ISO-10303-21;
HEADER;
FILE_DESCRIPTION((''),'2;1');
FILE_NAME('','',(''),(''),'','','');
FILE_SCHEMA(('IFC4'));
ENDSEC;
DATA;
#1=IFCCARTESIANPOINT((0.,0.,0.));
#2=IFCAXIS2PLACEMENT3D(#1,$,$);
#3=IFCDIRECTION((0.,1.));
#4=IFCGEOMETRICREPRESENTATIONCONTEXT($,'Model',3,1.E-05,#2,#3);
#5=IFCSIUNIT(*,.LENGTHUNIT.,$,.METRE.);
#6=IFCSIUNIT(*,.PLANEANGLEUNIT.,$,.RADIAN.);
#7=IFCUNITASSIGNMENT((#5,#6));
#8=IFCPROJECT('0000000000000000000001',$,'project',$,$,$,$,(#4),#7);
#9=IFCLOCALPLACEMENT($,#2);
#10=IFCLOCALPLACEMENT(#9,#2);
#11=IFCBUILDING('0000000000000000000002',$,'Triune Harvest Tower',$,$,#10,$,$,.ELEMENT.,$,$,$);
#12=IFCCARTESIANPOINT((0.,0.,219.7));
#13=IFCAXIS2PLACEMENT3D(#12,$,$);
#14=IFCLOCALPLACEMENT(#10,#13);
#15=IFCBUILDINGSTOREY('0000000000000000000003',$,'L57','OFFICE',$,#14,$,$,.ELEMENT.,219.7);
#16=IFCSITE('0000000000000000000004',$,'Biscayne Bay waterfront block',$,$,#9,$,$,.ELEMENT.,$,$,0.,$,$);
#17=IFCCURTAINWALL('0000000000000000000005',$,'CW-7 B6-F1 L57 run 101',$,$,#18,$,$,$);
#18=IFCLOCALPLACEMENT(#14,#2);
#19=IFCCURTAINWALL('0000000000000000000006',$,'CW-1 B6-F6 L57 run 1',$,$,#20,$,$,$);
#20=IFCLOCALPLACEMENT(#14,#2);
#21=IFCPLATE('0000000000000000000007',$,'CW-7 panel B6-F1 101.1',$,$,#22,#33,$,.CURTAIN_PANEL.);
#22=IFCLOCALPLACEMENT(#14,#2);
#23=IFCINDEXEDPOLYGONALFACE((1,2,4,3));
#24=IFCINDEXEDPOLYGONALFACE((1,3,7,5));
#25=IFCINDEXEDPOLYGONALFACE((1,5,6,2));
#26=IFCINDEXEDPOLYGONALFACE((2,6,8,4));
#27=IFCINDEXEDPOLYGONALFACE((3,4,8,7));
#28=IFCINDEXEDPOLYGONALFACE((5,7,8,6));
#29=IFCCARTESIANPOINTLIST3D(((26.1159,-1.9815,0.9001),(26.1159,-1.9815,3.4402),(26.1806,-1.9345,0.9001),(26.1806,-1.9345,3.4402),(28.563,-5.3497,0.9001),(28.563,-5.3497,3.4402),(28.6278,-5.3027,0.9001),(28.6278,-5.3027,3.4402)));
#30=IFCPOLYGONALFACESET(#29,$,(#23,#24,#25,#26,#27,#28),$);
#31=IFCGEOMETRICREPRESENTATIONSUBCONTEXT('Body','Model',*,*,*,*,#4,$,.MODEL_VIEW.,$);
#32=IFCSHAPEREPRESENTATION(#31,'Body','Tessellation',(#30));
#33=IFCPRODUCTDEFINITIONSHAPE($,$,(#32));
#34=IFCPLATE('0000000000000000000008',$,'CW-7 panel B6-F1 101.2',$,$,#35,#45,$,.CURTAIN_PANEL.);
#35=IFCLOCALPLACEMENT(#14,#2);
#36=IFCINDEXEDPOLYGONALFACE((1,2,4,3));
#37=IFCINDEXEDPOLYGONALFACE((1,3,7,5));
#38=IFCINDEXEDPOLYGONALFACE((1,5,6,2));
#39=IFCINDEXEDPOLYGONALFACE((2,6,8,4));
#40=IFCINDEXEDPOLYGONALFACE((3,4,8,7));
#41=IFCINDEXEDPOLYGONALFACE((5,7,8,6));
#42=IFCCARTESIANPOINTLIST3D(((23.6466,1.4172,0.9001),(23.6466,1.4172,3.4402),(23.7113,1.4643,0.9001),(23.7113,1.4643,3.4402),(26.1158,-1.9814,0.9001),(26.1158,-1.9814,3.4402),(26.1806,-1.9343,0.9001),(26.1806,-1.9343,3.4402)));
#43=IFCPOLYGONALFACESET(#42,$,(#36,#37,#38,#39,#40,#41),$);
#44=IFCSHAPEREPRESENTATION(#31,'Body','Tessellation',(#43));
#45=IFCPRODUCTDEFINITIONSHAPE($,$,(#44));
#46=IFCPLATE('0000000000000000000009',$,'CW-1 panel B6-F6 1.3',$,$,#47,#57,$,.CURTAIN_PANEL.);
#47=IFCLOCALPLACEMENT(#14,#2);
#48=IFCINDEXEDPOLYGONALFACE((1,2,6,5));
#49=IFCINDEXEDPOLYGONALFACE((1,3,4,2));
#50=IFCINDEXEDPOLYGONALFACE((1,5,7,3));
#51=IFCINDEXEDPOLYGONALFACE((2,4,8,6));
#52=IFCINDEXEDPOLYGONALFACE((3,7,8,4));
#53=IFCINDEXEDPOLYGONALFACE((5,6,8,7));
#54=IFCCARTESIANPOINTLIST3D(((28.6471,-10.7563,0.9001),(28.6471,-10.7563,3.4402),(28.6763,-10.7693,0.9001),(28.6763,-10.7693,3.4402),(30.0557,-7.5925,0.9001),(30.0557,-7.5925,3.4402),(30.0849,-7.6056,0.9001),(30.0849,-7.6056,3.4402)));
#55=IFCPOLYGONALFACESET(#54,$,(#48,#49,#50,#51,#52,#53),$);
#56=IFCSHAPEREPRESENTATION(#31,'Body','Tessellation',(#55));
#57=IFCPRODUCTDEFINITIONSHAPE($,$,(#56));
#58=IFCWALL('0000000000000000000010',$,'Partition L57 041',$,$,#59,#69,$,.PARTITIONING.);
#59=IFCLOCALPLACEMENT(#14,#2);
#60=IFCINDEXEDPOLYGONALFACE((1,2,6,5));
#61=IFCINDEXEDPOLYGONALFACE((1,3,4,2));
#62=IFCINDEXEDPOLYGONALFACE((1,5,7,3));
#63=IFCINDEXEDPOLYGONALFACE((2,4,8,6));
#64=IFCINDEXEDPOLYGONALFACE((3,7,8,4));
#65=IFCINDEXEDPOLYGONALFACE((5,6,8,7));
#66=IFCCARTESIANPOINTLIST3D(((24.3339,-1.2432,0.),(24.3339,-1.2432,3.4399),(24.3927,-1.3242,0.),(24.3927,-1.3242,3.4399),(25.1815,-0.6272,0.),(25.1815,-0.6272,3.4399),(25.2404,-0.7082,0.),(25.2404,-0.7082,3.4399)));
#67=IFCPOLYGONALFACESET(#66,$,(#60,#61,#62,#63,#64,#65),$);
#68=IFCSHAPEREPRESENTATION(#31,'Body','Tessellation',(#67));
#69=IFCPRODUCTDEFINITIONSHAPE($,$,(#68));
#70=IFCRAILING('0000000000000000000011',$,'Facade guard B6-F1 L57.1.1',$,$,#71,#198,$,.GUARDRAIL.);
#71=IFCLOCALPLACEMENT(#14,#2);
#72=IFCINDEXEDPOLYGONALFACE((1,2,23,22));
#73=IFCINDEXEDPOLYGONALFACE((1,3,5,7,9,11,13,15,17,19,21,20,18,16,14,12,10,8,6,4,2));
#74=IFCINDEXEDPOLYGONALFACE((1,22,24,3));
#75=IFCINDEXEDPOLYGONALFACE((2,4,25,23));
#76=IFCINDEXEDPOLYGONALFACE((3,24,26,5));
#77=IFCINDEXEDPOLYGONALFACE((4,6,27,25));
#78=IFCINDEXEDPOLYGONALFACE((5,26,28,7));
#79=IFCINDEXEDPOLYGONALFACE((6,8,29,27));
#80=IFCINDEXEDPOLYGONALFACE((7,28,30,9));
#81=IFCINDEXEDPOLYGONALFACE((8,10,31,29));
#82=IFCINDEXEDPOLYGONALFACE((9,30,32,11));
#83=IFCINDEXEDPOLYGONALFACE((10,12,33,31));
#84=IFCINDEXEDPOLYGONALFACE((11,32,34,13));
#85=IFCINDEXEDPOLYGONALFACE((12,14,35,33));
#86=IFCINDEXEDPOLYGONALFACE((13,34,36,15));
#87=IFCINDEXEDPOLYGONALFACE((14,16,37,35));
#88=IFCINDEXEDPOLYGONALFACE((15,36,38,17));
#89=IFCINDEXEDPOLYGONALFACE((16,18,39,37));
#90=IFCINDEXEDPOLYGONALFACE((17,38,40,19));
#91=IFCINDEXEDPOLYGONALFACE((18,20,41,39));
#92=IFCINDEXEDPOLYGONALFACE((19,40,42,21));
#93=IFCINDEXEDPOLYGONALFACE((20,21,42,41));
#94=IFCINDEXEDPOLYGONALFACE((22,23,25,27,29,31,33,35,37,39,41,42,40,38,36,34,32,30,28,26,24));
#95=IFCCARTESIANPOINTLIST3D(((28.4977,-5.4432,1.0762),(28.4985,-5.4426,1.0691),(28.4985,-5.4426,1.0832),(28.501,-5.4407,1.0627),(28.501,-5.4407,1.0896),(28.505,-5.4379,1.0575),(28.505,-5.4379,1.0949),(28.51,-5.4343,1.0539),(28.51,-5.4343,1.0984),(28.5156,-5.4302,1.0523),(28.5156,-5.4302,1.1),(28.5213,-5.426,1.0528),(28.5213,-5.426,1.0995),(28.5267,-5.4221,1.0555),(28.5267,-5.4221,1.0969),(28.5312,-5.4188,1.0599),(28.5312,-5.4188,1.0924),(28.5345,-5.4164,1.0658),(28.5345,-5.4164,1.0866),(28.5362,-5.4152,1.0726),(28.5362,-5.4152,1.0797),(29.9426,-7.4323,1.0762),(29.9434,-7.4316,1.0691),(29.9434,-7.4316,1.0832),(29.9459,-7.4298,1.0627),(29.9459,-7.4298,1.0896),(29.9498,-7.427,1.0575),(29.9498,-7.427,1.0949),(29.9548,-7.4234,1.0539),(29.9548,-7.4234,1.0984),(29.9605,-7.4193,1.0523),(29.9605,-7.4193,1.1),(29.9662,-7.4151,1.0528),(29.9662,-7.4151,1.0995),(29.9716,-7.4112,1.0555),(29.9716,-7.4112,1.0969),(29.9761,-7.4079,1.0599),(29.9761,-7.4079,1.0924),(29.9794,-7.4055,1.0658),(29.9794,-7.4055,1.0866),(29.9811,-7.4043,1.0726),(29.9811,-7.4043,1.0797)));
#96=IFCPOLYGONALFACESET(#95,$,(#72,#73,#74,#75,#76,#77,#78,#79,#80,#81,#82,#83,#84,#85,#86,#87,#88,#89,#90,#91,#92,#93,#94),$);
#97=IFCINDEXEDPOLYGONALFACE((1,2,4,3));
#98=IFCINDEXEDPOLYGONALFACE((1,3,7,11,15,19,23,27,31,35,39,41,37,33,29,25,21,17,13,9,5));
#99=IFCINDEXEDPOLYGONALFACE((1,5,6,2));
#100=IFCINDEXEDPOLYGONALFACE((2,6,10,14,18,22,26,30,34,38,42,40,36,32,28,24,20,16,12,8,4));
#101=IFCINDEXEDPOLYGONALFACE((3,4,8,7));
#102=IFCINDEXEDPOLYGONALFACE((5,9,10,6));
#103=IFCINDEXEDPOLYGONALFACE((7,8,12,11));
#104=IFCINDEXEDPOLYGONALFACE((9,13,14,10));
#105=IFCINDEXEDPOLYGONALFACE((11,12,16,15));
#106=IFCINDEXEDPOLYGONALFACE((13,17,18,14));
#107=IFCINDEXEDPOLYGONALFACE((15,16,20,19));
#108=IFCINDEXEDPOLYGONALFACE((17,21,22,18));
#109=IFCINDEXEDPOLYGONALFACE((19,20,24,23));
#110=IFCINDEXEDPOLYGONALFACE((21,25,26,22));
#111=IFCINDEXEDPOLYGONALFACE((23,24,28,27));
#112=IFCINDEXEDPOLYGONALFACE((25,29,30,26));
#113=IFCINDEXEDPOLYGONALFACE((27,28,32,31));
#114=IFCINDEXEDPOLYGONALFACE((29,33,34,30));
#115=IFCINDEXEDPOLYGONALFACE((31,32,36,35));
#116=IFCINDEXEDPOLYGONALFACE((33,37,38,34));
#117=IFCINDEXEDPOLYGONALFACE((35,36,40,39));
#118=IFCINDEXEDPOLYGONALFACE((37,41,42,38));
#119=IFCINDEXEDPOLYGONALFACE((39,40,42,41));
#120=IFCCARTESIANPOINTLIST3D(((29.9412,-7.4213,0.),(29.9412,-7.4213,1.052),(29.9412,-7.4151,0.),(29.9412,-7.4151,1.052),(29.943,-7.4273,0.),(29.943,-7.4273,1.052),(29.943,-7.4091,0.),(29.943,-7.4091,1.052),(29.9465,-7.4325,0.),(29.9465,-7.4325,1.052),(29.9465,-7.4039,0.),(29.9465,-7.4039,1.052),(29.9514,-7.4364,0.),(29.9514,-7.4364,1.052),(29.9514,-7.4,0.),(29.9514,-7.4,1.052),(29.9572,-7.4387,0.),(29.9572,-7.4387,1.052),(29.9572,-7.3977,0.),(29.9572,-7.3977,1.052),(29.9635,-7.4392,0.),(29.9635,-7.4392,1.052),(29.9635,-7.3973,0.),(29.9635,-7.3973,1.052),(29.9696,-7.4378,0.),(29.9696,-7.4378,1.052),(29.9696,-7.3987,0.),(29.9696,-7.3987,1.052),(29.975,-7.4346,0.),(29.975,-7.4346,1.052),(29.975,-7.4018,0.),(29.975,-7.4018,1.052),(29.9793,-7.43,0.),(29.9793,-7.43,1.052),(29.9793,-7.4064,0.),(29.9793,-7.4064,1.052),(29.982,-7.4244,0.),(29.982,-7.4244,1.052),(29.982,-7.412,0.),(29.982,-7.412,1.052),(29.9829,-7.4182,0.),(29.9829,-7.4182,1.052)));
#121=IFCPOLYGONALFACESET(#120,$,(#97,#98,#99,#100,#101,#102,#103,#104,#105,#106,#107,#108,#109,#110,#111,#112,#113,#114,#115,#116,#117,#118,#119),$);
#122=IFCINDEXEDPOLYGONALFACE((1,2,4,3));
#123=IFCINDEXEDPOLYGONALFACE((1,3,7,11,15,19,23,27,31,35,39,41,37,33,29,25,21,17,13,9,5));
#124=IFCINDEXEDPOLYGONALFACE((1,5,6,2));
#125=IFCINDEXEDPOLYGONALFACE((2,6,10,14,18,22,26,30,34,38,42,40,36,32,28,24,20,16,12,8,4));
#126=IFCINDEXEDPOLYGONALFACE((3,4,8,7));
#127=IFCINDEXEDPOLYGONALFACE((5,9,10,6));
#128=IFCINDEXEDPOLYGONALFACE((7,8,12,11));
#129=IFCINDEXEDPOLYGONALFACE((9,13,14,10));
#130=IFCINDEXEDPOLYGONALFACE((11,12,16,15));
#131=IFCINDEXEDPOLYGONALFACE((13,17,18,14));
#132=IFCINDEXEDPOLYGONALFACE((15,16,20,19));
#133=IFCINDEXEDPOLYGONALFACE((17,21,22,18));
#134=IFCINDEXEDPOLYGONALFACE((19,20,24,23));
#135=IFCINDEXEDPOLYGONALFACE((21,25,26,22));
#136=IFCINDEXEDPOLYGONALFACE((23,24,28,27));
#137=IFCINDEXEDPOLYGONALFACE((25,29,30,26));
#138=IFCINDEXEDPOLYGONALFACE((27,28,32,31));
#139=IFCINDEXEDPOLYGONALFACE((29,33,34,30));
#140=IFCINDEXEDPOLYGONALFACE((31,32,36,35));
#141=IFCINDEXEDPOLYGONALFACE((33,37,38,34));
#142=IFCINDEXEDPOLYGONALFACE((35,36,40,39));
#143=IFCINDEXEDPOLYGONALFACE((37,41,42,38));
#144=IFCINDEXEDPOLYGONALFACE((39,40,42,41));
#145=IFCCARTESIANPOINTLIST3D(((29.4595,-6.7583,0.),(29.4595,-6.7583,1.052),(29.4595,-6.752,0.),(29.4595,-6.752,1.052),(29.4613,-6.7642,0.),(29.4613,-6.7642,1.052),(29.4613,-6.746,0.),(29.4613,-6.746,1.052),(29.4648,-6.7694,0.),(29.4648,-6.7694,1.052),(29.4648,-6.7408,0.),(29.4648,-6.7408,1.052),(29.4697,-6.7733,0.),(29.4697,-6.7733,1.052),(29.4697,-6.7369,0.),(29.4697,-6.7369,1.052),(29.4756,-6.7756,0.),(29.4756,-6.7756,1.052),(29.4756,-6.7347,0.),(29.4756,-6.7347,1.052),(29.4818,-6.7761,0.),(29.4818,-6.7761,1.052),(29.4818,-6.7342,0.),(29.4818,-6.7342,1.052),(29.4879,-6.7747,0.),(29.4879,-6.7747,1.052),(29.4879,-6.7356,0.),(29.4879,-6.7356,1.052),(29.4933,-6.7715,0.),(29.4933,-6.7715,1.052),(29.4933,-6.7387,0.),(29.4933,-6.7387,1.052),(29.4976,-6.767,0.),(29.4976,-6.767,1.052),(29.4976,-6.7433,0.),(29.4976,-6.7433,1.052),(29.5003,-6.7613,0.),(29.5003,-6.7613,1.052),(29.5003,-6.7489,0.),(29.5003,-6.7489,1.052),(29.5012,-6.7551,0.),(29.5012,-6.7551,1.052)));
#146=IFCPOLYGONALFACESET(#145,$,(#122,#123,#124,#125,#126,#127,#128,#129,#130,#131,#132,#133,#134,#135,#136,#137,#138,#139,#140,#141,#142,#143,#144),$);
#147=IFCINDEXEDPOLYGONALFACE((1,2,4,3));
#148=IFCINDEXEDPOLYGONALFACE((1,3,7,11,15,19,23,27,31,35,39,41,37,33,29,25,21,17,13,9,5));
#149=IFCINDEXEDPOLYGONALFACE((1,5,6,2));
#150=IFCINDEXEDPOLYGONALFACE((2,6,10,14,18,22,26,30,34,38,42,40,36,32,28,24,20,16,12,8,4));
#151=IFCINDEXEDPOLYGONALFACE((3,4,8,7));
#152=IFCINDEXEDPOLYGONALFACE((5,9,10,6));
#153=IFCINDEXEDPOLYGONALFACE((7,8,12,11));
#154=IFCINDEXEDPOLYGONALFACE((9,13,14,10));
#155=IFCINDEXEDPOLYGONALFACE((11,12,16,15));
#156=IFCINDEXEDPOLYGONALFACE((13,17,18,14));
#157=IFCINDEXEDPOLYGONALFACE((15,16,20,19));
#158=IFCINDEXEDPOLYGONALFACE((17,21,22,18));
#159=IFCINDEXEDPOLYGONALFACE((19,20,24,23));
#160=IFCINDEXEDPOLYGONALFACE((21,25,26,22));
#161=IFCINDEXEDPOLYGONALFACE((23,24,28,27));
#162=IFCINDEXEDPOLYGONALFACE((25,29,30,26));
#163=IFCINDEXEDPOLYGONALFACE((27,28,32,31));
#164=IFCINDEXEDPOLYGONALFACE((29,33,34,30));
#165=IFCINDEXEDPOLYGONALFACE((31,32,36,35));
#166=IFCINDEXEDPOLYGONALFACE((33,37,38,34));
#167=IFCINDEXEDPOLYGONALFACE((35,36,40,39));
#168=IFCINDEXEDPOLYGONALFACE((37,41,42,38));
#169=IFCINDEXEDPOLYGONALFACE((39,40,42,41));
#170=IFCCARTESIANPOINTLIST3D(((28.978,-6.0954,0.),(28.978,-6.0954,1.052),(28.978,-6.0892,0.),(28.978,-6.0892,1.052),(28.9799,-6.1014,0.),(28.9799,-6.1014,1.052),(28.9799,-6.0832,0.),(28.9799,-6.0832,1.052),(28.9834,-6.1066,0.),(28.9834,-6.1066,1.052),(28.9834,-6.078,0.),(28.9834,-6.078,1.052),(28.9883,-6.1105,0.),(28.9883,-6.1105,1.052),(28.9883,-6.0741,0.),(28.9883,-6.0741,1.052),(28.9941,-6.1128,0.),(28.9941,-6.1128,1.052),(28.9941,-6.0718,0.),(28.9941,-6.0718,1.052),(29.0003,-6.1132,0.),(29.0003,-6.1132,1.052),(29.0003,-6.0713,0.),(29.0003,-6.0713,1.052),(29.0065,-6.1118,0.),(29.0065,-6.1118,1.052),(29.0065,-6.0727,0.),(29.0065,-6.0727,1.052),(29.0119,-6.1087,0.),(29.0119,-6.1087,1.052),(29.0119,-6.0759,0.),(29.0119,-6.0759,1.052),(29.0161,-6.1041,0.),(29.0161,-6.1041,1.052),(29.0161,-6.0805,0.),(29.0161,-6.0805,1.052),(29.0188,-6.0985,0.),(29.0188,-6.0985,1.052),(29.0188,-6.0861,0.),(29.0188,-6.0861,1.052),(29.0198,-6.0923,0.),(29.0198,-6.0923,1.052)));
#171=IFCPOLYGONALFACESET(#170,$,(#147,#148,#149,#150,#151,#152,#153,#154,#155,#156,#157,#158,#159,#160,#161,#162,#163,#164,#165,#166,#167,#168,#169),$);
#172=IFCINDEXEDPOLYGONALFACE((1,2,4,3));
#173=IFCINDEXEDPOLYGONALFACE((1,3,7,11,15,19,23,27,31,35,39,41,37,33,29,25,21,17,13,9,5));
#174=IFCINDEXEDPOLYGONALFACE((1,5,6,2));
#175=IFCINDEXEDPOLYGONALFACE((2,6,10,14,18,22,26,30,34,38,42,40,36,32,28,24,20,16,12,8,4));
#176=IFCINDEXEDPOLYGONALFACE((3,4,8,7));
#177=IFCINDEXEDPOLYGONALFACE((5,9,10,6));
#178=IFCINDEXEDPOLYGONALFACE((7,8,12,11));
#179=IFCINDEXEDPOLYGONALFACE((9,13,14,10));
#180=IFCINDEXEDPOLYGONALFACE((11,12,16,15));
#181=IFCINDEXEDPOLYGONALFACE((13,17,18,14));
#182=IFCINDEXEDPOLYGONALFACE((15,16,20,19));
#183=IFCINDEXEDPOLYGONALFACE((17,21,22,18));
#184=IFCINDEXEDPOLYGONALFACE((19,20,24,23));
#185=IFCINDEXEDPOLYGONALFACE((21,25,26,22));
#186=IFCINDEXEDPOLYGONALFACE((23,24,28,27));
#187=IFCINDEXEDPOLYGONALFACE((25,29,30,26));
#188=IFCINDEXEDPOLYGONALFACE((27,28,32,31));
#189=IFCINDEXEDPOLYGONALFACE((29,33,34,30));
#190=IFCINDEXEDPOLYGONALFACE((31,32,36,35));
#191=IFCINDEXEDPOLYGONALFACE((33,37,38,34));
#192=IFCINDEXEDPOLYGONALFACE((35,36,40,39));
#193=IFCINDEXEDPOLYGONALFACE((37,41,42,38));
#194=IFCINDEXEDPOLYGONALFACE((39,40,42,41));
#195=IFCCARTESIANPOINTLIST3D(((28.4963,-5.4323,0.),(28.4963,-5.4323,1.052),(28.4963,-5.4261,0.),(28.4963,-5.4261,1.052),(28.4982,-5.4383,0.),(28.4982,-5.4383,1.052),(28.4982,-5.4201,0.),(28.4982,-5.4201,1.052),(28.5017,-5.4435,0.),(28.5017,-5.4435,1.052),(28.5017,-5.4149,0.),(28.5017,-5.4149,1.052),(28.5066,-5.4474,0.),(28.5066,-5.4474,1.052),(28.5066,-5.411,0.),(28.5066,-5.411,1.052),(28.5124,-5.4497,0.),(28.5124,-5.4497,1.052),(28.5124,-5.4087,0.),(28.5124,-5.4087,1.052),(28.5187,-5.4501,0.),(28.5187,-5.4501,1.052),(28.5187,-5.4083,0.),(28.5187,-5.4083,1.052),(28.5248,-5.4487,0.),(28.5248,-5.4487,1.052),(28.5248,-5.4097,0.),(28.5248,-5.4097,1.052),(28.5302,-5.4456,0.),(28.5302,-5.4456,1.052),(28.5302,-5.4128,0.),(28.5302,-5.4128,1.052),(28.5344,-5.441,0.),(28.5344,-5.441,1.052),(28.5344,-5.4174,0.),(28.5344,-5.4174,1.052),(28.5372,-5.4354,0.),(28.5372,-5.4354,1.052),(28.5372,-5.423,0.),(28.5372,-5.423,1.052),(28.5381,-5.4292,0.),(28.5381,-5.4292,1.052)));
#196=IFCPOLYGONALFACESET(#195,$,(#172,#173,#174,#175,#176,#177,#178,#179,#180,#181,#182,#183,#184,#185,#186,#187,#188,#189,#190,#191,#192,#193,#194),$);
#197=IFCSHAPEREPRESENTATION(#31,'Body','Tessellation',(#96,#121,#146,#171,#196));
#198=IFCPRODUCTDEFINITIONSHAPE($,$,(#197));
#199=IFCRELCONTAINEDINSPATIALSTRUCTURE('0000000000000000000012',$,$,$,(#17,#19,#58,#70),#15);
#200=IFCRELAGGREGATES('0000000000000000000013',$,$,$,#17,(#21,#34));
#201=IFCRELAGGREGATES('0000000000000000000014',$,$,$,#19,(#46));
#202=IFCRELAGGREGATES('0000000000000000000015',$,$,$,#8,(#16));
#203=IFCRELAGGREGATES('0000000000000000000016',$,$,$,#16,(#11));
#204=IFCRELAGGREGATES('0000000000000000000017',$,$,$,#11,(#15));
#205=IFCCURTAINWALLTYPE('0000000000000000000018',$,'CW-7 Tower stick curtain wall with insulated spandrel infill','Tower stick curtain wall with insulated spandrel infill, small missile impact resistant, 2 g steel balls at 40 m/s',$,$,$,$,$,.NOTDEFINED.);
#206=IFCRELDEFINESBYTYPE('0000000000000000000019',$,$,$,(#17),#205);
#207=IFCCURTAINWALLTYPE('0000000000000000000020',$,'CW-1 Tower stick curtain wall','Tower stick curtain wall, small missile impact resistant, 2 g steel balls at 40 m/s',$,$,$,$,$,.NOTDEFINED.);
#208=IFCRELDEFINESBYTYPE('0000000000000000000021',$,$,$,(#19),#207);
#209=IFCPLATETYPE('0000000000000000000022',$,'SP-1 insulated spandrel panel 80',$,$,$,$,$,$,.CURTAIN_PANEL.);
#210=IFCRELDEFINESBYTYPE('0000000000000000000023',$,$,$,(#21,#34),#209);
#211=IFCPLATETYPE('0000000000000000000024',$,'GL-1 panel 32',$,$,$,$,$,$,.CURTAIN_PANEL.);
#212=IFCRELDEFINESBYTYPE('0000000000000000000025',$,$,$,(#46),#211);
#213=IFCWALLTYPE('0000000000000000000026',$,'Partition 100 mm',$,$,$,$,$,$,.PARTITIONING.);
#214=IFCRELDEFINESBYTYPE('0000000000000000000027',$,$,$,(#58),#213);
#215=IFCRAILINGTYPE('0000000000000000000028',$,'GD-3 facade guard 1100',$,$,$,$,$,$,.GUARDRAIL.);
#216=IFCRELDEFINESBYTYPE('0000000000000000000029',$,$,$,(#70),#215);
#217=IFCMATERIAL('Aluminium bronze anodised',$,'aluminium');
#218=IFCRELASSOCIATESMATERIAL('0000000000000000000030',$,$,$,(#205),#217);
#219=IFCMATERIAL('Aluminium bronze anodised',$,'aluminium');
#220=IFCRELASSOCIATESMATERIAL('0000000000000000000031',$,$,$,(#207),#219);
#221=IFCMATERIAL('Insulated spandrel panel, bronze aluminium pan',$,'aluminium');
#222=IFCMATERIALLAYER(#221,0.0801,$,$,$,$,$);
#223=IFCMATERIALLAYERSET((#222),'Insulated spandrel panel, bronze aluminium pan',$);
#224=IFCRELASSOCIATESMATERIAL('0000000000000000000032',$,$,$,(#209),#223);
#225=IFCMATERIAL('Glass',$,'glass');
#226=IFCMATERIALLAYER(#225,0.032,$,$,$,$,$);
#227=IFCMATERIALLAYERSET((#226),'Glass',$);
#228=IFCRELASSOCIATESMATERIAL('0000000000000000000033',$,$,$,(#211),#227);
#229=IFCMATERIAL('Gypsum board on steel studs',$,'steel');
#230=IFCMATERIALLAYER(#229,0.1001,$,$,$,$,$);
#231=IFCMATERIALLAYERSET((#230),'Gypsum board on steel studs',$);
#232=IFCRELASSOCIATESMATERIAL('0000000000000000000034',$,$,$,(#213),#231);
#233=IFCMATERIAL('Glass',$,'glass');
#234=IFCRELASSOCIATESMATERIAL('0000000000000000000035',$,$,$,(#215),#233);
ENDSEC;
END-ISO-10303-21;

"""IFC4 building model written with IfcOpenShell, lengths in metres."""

from ifc_helpers import new_model, si_unit, direction, frame, frame_2d, origin, origin_2d, place, context, subcontext, project, spatial, rectangle, circle, extrude, source, transform, mapped, material, layer, layer_set, type_object, element, aggregate, save


model = new_model("IFC4")

# Units and contexts
model_context = context("Model", 3, precision=1e-05, world=origin(), true_north=direction((0.0, 1.0)))
body_context = subcontext(model_context, "Body", "Model", "MODEL_VIEW")
ifc_project = project(units=[si_unit("LENGTHUNIT", "METRE"), si_unit("PLANEANGLEUNIT", "RADIAN")], contexts=[model_context])

# Site, building, storey
site_placement = place(None, origin())
site = spatial("IfcSite", under=ifc_project, at=site_placement, Name="Biscayne Bay waterfront block", CompositionType="ELEMENT", RefElevation=0.0)
building_placement = place(site_placement, origin())
building = spatial("IfcBuilding", under=site, at=building_placement, Name="Triune Harvest Tower", CompositionType="ELEMENT")
storey_placement = place(building_placement, frame((0.0, 0.0, 219.7)))
storey = spatial("IfcBuildingStorey", under=building, at=storey_placement, Name="L57", Description="OFFICE", CompositionType="ELEMENT", Elevation=219.7)

# Shared definitions
ifc_material_1 = material(Name="Aluminium bronze anodised", Category="aluminium")
curtain_wall_type_1 = type_object("IfcCurtainWallType", Name="CW-7 Tower stick curtain wall with insulated spandrel infill", Description="Tower stick curtain wall with insulated spandrel infill, small missile impact resistant, 2 g steel balls at 40 m/s", PredefinedType="NOTDEFINED", material=ifc_material_1)

# Curtain wall
curtain_wall_1_placement = place(storey_placement, origin())
curtain_wall_1 = element("IfcCurtainWall", 1, at=curtain_wall_1_placement, inside=storey, type_object=curtain_wall_type_1, Name="CW-7 B6-F1 L57 run 101")

# Curtain wall
ifc_material_2 = material(Name="Aluminium bronze anodised", Category="aluminium")
curtain_wall_type_2 = type_object("IfcCurtainWallType", Name="CW-1 Tower stick curtain wall", Description="Tower stick curtain wall, small missile impact resistant, 2 g steel balls at 40 m/s", PredefinedType="NOTDEFINED", material=ifc_material_2)
curtain_wall_2_placement = place(storey_placement, origin())
curtain_wall_2 = element("IfcCurtainWall", 2, at=curtain_wall_2_placement, inside=storey, type_object=curtain_wall_type_2, Name="CW-1 B6-F6 L57 run 1")

# Plates
ifc_material_3 = material(Name="Insulated spandrel panel, bronze aluminium pan", Category="aluminium")
ifc_layer_1 = layer(ifc_material_3, 0.0801)
ifc_layer_set_1 = layer_set([ifc_layer_1], Name="Insulated spandrel panel, bronze aluminium pan")
plate_type_1 = type_object("IfcPlateType", Name="SP-1 insulated spandrel panel 80", PredefinedType="CURTAIN_PANEL", material=ifc_layer_set_1)
shared_shape_1 = source(origin(), body_context, "Body", "SweptSolid", [
    extrude(rectangle(XDim=4.1633, YDim=0.0801, at=origin_2d()), origin(), (0.0, 0.0, 1.0), 2.54),
])
plate_1_placement = place(storey_placement, frame((27.3718, -3.6421, 0.9001), z_axis=(0.0, 0.0, 1.0), x_axis=(-0.587789, 0.809014, 0.0)))
plate_1 = element("IfcPlate", 3, at=plate_1_placement, type_object=plate_type_1, Name="CW-7 panel B6-F1 101.1", PredefinedType="CURTAIN_PANEL", context=body_context, shape_type="MappedRepresentation", body=[
    mapped(shared_shape_1, transform((0.0, 0.0, 0.0), scale=1.0)),
])
shared_shape_2 = source(origin(), body_context, "Body", "SweptSolid", [
    extrude(rectangle(XDim=4.2009, YDim=0.0801, at=origin_2d()), origin(), (0.0, 0.0, 1.0), 2.54),
])
plate_2_placement = place(storey_placement, frame((24.9136, -0.2585, 0.9001), z_axis=(0.0, 0.0, 1.0), x_axis=(-0.587789, 0.809014, 0.0)))
plate_2 = element("IfcPlate", 4, at=plate_2_placement, type_object=plate_type_1, Name="CW-7 panel B6-F1 101.2", PredefinedType="CURTAIN_PANEL", context=body_context, shape_type="MappedRepresentation", body=[
    mapped(shared_shape_2, transform((0.0, 0.0, 0.0), scale=1.0)),
])
aggregate(curtain_wall_1, [plate_1, plate_2])
ifc_material_4 = material(Name="Glass", Category="glass")
ifc_layer_2 = layer(ifc_material_4, 0.032)
ifc_layer_set_2 = layer_set([ifc_layer_2], Name="Glass")
plate_type_2 = type_object("IfcPlateType", Name="GL-1 panel 32", PredefinedType="CURTAIN_PANEL", material=ifc_layer_set_2)
shared_shape_3 = source(origin(), body_context, "Body", "SweptSolid", [
    extrude(rectangle(XDim=3.4631, YDim=0.032, at=origin_2d()), origin(), (0.0, 0.0, 1.0), 2.54),
])
plate_3_placement = place(storey_placement, frame((29.366, -9.1809, 0.9001), z_axis=(0.0, 0.0, 1.0), x_axis=(0.406743, 0.913543, 0.0)))
plate_3 = element("IfcPlate", 5, at=plate_3_placement, type_object=plate_type_2, Name="CW-1 panel B6-F6 1.3", PredefinedType="CURTAIN_PANEL", context=body_context, shape_type="MappedRepresentation", body=[
    mapped(shared_shape_3, transform((0.0, 0.0, 0.0), scale=1.0)),
])
aggregate(curtain_wall_2, [plate_3])

# Wall
ifc_material_5 = material(Name="Gypsum board on steel studs", Category="steel")
ifc_layer_3 = layer(ifc_material_5, 0.1001)
ifc_layer_set_3 = layer_set([ifc_layer_3], Name="Gypsum board on steel studs")
wall_type = type_object("IfcWallType", Name="Partition 100 mm", PredefinedType="PARTITIONING", material=ifc_layer_set_3)
shared_shape_4 = source(origin(), body_context, "Body", "SweptSolid", [
    extrude(rectangle(XDim=1.0479, YDim=0.1001, at=frame_2d((0.5239, 0.0))), origin(), (0.0, 0.0, 1.0), 3.4399),
])
wall_placement = place(storey_placement, frame((24.3633, -1.2837, 0.0), z_axis=(0.0, 0.0, 1.0), x_axis=(0.808968, 0.587853, 0.0)))
element("IfcWall", 6, at=wall_placement, inside=storey, type_object=wall_type, Name="Partition L57 041", PredefinedType="PARTITIONING", context=body_context, shape_type="MappedRepresentation", body=[
    mapped(shared_shape_4, transform((0.0, 0.0, 0.0), scale=1.0)),
])

# Railing
ifc_material_6 = material(Name="Glass", Category="glass")
railing_type = type_object("IfcRailingType", Name="GD-3 facade guard 1100", PredefinedType="GUARDRAIL", material=ifc_material_6)
railing_placement = place(storey_placement, frame((29.9619, -7.4182, 0.0)))
element("IfcRailing", 7, at=railing_placement, inside=storey, type_object=railing_type, Name="Facade guard B6-F1 L57.1.1", PredefinedType="GUARDRAIL", context=body_context, shape_type="SweptSolid", body=[
    extrude(circle(Radius=0.0239, at=origin_2d()), frame((0.0, 0.0, 1.0762), z_axis=(-0.587711, 0.809071, 0.0), x_axis=(-0.809071, -0.587711, 0.0)), (0.0, 0.0, 1.0), 2.4585),
    extrude(circle(Radius=0.021, at=origin_2d()), origin(), (0.0, 0.0, 1.0), 1.052),
    extrude(circle(Radius=0.021, at=origin_2d()), frame((-0.4817, 0.6631, 0.0)), (0.0, 0.0, 1.0), 1.052),
    extrude(circle(Radius=0.021, at=origin_2d()), frame((-0.9631, 1.3259, 0.0)), (0.0, 0.0, 1.0), 1.052),
    extrude(circle(Radius=0.021, at=origin_2d()), frame((-1.4448, 1.989, 0.0)), (0.0, 0.0, 1.0), 1.052),
])

save(model, "model.ifc")
